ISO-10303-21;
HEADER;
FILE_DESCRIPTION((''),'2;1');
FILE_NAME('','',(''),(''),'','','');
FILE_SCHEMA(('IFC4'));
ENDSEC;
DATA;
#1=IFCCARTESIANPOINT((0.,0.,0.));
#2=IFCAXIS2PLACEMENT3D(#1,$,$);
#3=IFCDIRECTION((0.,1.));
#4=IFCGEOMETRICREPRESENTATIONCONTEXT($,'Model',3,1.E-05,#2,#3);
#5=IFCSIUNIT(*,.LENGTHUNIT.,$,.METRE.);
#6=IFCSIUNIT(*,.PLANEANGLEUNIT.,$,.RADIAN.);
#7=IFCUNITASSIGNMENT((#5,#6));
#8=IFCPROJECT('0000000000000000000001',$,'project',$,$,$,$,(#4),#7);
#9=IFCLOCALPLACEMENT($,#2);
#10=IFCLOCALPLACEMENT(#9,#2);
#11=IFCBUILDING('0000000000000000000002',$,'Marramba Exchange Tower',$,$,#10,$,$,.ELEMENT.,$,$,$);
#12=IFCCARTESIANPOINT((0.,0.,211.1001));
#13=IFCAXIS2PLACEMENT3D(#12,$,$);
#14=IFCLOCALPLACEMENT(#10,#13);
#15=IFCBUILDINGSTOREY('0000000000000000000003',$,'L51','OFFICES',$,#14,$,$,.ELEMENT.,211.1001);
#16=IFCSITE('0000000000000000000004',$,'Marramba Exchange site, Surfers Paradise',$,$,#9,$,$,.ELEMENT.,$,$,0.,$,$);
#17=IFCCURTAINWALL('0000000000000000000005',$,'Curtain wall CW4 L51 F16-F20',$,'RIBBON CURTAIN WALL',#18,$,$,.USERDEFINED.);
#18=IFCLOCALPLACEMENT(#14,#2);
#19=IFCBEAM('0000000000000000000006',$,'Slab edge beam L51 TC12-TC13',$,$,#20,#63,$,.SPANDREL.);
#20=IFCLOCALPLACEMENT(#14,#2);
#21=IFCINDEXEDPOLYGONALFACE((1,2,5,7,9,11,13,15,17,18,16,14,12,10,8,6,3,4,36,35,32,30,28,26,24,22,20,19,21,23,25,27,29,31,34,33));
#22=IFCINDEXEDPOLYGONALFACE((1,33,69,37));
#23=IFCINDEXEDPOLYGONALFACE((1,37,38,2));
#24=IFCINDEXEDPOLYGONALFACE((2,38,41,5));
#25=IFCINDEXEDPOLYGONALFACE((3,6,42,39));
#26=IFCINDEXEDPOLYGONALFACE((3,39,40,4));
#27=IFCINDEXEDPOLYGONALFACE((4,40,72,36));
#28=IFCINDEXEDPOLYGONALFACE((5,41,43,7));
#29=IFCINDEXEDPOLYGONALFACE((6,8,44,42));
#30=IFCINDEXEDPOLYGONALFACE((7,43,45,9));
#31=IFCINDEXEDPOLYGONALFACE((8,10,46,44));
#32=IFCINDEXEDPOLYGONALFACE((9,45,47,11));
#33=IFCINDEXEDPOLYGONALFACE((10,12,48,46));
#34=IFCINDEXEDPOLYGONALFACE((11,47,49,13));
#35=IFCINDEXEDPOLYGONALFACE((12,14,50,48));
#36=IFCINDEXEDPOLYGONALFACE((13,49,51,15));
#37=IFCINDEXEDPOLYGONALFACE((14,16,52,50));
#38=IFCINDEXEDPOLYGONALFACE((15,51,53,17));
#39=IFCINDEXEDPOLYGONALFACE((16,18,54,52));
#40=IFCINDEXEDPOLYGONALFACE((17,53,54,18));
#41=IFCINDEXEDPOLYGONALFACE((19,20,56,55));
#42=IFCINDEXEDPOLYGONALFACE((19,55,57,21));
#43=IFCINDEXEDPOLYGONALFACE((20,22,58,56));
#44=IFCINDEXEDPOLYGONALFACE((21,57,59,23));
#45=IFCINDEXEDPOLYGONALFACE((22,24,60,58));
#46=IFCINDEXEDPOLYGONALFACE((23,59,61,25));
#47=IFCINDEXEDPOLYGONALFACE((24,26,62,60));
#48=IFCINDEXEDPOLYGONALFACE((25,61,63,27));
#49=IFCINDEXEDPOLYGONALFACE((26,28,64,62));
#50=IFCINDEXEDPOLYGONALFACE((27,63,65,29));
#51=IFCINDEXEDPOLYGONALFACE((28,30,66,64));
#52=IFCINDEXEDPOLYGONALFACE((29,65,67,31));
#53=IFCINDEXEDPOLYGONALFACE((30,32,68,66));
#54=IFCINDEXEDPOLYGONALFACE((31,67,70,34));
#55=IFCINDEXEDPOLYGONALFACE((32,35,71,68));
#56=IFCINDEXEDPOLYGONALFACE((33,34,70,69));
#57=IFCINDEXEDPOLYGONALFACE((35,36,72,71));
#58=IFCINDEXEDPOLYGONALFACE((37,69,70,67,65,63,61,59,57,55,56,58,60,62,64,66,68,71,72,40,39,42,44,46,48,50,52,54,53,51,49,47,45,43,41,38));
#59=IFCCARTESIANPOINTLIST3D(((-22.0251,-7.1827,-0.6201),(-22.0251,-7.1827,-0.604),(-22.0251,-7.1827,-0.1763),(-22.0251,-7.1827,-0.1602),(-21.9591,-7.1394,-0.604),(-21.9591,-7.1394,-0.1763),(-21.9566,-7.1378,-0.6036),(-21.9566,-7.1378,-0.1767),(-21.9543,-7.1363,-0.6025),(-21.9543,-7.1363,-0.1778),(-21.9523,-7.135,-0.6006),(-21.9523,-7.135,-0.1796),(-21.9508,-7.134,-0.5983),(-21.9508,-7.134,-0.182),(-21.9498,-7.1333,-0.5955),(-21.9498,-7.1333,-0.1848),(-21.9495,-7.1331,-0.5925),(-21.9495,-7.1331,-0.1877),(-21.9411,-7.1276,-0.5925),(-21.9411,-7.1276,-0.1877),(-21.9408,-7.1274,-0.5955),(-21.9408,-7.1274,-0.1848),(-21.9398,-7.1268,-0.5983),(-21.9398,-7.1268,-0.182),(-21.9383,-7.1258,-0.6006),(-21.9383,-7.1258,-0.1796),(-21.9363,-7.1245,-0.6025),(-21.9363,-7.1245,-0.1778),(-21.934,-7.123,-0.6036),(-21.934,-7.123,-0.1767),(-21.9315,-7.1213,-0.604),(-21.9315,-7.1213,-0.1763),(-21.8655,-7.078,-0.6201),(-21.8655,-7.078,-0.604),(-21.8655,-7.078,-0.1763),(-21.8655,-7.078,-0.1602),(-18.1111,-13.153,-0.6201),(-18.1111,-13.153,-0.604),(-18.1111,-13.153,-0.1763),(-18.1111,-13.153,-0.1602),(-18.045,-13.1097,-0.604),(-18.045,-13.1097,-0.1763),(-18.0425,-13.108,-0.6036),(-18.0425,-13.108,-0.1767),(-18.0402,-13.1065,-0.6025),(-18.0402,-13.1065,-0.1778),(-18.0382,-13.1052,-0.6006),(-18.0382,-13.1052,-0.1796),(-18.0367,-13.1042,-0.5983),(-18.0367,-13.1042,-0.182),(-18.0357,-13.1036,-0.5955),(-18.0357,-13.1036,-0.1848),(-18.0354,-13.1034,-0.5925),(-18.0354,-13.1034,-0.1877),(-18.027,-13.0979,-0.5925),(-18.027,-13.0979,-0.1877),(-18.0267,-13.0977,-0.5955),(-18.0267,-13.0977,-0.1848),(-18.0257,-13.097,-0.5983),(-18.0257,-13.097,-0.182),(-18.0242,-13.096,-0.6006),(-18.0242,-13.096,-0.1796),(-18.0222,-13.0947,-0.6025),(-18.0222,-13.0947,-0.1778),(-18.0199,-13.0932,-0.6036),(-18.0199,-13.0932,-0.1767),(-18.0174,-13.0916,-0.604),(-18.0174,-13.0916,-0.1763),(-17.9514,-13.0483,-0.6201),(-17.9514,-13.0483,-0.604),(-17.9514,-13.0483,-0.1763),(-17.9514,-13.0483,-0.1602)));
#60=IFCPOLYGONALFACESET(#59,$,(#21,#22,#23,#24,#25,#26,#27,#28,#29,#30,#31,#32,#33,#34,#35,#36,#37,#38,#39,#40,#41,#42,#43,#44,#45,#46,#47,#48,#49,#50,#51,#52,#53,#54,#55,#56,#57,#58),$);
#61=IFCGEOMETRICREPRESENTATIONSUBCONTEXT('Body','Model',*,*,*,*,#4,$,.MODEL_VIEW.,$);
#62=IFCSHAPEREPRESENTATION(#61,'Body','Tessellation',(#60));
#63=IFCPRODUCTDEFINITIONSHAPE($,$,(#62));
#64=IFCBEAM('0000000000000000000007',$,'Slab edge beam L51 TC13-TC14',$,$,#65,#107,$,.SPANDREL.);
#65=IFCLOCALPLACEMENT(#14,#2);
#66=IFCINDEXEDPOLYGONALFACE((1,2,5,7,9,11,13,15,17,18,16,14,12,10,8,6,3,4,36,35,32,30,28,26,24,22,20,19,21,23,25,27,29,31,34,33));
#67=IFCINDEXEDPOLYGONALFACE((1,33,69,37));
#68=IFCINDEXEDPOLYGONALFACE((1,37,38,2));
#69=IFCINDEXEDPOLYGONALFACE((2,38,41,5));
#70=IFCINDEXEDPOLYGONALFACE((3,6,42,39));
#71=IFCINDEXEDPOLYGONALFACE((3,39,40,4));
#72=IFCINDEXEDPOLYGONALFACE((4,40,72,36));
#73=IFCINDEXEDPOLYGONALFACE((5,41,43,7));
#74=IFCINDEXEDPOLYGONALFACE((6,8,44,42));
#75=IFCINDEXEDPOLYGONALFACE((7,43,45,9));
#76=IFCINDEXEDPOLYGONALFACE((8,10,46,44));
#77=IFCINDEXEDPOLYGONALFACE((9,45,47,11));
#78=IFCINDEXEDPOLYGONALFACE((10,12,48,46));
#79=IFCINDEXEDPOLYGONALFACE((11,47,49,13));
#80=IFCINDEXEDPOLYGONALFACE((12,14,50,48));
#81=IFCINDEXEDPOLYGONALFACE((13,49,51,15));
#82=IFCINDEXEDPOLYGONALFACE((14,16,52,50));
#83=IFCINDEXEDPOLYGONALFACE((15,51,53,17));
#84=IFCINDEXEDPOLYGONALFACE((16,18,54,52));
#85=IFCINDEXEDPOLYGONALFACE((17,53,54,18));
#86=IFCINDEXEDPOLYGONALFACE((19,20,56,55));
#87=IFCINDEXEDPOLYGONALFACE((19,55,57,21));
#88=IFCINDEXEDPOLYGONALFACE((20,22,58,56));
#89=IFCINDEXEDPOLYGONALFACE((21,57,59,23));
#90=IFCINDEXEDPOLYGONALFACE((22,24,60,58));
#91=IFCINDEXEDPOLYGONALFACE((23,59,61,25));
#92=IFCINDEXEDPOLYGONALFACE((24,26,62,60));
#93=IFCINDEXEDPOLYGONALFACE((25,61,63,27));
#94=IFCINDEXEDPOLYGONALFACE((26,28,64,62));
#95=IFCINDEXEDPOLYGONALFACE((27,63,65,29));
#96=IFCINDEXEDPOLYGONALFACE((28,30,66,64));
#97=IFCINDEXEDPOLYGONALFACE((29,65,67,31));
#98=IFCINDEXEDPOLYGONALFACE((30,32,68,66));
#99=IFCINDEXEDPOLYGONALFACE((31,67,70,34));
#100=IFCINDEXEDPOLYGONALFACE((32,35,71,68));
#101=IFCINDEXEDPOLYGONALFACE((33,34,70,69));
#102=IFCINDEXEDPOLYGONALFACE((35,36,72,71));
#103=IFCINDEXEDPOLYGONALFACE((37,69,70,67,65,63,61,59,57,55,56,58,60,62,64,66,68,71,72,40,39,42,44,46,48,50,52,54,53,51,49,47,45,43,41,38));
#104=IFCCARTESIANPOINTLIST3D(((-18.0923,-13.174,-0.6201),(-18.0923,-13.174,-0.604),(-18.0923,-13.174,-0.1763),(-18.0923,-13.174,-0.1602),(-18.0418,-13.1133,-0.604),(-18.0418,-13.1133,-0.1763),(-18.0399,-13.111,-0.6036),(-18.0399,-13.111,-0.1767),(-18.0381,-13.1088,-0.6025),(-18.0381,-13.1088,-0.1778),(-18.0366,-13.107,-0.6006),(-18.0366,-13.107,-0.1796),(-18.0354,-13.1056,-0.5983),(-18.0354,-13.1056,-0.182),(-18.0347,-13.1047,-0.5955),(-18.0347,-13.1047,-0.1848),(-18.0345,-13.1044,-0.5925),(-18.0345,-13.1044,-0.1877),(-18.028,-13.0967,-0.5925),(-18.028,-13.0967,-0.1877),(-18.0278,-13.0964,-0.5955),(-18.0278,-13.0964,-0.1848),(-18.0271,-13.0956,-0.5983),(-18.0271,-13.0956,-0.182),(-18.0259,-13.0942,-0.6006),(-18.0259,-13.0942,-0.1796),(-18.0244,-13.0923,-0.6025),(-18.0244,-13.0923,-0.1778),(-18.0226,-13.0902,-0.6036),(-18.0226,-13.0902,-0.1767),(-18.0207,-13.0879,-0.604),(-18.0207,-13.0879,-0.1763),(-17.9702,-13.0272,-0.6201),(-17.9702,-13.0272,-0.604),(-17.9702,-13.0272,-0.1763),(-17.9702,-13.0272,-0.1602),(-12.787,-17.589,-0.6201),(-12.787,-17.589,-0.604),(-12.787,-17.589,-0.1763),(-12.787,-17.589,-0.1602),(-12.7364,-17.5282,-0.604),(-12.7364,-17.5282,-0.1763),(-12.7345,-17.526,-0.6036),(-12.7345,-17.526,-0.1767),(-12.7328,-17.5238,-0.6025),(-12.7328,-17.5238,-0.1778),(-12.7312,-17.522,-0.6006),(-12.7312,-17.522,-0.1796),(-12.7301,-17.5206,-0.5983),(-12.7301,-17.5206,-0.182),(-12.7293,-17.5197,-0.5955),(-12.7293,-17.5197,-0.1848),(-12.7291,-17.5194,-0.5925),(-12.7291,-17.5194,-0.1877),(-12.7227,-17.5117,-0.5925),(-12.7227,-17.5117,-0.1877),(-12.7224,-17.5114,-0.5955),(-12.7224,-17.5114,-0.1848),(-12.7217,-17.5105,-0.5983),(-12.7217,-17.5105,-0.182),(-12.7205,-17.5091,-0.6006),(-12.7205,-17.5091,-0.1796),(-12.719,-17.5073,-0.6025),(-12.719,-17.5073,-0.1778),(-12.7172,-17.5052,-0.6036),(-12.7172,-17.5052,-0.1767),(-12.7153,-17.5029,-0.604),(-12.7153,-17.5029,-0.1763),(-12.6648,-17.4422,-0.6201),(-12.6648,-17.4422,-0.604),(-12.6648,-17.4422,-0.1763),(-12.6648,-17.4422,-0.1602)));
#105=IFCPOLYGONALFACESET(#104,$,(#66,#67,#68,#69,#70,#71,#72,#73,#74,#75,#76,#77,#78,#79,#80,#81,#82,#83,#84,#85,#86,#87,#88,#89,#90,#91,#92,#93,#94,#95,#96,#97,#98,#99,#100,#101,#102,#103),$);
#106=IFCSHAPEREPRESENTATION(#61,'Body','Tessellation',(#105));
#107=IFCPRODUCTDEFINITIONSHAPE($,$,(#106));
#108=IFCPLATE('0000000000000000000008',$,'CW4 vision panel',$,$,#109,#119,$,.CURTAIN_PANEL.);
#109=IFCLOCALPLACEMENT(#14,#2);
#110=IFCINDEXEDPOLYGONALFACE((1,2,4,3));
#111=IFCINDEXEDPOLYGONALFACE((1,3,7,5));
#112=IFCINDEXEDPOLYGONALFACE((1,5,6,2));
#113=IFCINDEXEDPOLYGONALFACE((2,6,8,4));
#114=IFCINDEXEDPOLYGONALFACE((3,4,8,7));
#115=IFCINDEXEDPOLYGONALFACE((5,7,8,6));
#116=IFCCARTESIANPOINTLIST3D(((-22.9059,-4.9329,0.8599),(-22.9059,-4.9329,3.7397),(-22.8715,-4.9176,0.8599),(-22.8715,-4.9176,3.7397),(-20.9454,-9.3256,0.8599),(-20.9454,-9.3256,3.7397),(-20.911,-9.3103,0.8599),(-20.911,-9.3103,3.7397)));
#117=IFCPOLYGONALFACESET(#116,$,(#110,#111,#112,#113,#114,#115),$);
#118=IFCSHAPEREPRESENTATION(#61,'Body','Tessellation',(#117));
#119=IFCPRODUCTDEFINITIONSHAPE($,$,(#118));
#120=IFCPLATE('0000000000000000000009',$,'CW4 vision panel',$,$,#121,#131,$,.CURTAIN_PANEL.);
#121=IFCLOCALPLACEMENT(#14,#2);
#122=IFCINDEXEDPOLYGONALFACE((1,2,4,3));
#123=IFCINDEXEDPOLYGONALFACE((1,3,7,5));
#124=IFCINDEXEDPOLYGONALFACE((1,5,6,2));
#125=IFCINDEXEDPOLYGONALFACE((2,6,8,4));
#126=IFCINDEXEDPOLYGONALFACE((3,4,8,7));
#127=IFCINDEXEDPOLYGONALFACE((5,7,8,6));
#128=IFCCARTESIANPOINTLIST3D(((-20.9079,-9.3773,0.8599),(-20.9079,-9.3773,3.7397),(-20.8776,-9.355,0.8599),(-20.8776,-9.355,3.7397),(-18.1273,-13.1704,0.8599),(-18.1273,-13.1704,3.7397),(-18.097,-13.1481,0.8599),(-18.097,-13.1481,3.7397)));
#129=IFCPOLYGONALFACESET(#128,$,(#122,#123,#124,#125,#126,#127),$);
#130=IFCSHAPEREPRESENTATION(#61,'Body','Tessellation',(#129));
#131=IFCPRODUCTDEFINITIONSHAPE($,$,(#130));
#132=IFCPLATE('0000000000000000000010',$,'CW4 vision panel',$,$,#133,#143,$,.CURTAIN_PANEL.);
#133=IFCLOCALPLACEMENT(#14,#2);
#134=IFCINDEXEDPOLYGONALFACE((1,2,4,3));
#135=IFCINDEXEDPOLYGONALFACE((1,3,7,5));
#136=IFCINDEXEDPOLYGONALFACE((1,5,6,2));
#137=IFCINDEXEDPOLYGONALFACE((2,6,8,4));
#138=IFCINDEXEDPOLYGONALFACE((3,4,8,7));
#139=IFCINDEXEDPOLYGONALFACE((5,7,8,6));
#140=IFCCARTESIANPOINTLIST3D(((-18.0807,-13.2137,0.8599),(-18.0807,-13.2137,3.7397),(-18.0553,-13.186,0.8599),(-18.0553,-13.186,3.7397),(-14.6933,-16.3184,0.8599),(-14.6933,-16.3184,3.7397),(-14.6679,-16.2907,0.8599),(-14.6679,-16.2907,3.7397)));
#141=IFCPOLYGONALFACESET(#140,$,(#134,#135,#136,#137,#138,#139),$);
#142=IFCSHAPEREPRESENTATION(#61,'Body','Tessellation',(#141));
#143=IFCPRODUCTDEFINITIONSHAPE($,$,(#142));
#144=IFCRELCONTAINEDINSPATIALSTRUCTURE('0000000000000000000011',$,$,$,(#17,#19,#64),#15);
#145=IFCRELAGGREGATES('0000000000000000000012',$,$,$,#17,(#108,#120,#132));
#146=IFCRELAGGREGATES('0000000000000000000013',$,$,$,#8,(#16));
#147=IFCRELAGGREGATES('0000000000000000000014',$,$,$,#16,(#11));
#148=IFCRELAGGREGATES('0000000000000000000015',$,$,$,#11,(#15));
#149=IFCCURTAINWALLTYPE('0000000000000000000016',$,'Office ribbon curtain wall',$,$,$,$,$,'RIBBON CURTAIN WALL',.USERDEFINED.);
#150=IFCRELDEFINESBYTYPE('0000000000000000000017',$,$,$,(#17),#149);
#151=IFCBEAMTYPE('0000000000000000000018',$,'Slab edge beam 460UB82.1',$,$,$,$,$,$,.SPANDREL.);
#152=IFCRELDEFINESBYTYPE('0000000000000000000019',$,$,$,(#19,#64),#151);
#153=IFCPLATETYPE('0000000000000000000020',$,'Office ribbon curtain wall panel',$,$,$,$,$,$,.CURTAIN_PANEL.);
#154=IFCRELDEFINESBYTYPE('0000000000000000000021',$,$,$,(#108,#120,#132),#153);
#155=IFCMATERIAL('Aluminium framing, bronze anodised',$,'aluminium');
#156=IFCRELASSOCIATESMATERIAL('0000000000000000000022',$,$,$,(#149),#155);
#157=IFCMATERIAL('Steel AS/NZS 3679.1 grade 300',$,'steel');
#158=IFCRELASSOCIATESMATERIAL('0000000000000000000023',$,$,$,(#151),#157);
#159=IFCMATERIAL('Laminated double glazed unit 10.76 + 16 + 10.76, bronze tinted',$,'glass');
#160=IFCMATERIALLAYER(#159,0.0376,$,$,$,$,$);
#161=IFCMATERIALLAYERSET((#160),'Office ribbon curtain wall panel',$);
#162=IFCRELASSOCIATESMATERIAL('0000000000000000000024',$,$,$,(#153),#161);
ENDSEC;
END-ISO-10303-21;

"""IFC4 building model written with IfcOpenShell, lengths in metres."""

from ifc_helpers import new_model, si_unit, direction, frame, origin, origin_2d, place, context, subcontext, project, spatial, rectangle, i_section, extrude, material, layer, layer_set, material_profile, profile_set, type_object, element, aggregate, save


model = new_model("IFC4")

# Units and contexts
model_context = context("Model", 3, precision=1e-05, world=origin(), true_north=direction((0.0, 1.0)))
body_context = subcontext(model_context, "Body", "Model", "MODEL_VIEW")
ifc_project = project(units=[si_unit("LENGTHUNIT", "METRE"), si_unit("PLANEANGLEUNIT", "RADIAN")], contexts=[model_context])

# Site, building, storey
site_placement = place(None, origin())
site = spatial("IfcSite", under=ifc_project, at=site_placement, Name="Marramba Exchange site, Surfers Paradise", CompositionType="ELEMENT", RefElevation=0.0)
building_placement = place(site_placement, origin())
building = spatial("IfcBuilding", under=site, at=building_placement, Name="Marramba Exchange Tower", CompositionType="ELEMENT")
storey_placement = place(building_placement, frame((0.0, 0.0, 211.1001)))
storey = spatial("IfcBuildingStorey", under=building, at=storey_placement, Name="L51", Description="OFFICES", CompositionType="ELEMENT", Elevation=211.1001)

# Curtain wall
ifc_material_1 = material(Name="Aluminium framing, bronze anodised", Category="aluminium")
curtain_wall_type = type_object("IfcCurtainWallType", Name="Office ribbon curtain wall", ElementType="RIBBON CURTAIN WALL", PredefinedType="USERDEFINED", material=ifc_material_1)
curtain_wall_placement = place(storey_placement, origin())
curtain_wall = element("IfcCurtainWall", 1, at=curtain_wall_placement, inside=storey, type_object=curtain_wall_type, Name="Curtain wall CW4 L51 F16-F20", ObjectType="RIBBON CURTAIN WALL", PredefinedType="USERDEFINED")

# Beams
ifc_material_2 = material(Name="Steel AS/NZS 3679.1 grade 300", Category="steel")
ifc_material_profile_1 = material_profile(ifc_material_2, i_section(OverallWidth=0.1909, OverallDepth=0.46, WebThickness=0.01, FlangeThickness=0.0161, FilletRadius=0.0115, at=origin_2d()), Name="460UB82.1")
ifc_profile_set_1 = profile_set([ifc_material_profile_1], Name="Steel AS/NZS 3679.1 grade 300")
beam_type_1 = type_object("IfcBeamType", Name="Slab edge beam 460UB82.1", PredefinedType="SPANDREL", material=ifc_profile_set_1)
beam_1_placement = place(storey_placement, frame((-21.9453, -7.1304, -0.3901), z_axis=(0.548275, -0.836298, 0.0), x_axis=(0.836298, 0.548275, 0.0)))
element("IfcBeam", 2, at=beam_1_placement, inside=storey, type_object=beam_type_1, Name="Slab edge beam L51 TC12-TC13", PredefinedType="SPANDREL", context=body_context, shape_type="SweptSolid", body=[
    extrude(i_section(OverallWidth=0.1909, OverallDepth=0.46, WebThickness=0.01, FlangeThickness=0.0161, FilletRadius=0.0115, at=origin_2d()), origin(), (0.0, 0.0, 1.0), 7.1389),
])
beam_2_placement = place(storey_placement, frame((-18.0312, -13.1006, -0.3901), z_axis=(0.768659, -0.639659, 0.0), x_axis=(0.639659, 0.768659, 0.0)))
element("IfcBeam", 3, at=beam_2_placement, inside=storey, type_object=beam_type_1, Name="Slab edge beam L51 TC13-TC14", PredefinedType="SPANDREL", context=body_context, shape_type="SweptSolid", body=[
    extrude(i_section(OverallWidth=0.1909, OverallDepth=0.46, WebThickness=0.01, FlangeThickness=0.0161, FilletRadius=0.0115, at=origin_2d()), origin(), (0.0, 0.0, 1.0), 6.9021),
])

# Plates
ifc_material_3 = material(Name="Laminated double glazed unit 10.76 + 16 + 10.76, bronze tinted", Category="glass")
ifc_layer_1 = layer(ifc_material_3, 0.0376)
ifc_layer_set_1 = layer_set([ifc_layer_1], Name="Office ribbon curtain wall panel")
plate_type = type_object("IfcPlateType", Name="Office ribbon curtain wall panel", PredefinedType="CURTAIN_PANEL", material=ifc_layer_set_1)
plate_1_placement = place(storey_placement, frame((-21.9084, -7.1216, 0.8599), z_axis=(0.0, 0.0, 1.0), x_axis=(0.407558, -0.91318, 0.0)))
plate_1 = element("IfcPlate", 4, at=plate_1_placement, type_object=plate_type, Name="CW4 vision panel", PredefinedType="CURTAIN_PANEL", context=body_context, shape_type="SweptSolid", body=[
    extrude(rectangle(XDim=4.8103, YDim=0.0376, at=origin_2d()), origin(), (0.0, 0.0, 1.0), 2.8799),
])
plate_2_placement = place(storey_placement, frame((-19.5024, -11.2627, 0.8599), z_axis=(0.0, 0.0, 1.0), x_axis=(0.591223, -0.806508, 0.0)))
plate_2 = element("IfcPlate", 5, at=plate_2_placement, type_object=plate_type, Name="CW4 vision panel", PredefinedType="CURTAIN_PANEL", context=body_context, shape_type="SweptSolid", body=[
    extrude(rectangle(XDim=4.7031, YDim=0.0376, at=origin_2d()), origin(), (0.0, 0.0, 1.0), 2.8799),
])
plate_3_placement = place(storey_placement, frame((-16.3743, -14.7522, 0.8599), z_axis=(0.0, 0.0, 1.0), x_axis=(0.737203, -0.675671, 0.0)))
plate_3 = element("IfcPlate", 6, at=plate_3_placement, type_object=plate_type, Name="CW4 vision panel", PredefinedType="CURTAIN_PANEL", context=body_context, shape_type="SweptSolid", body=[
    extrude(rectangle(XDim=4.595, YDim=0.0376, at=origin_2d()), origin(), (0.0, 0.0, 1.0), 2.8799),
])
aggregate(curtain_wall, [plate_1, plate_2, plate_3])

save(model, "model.ifc")
